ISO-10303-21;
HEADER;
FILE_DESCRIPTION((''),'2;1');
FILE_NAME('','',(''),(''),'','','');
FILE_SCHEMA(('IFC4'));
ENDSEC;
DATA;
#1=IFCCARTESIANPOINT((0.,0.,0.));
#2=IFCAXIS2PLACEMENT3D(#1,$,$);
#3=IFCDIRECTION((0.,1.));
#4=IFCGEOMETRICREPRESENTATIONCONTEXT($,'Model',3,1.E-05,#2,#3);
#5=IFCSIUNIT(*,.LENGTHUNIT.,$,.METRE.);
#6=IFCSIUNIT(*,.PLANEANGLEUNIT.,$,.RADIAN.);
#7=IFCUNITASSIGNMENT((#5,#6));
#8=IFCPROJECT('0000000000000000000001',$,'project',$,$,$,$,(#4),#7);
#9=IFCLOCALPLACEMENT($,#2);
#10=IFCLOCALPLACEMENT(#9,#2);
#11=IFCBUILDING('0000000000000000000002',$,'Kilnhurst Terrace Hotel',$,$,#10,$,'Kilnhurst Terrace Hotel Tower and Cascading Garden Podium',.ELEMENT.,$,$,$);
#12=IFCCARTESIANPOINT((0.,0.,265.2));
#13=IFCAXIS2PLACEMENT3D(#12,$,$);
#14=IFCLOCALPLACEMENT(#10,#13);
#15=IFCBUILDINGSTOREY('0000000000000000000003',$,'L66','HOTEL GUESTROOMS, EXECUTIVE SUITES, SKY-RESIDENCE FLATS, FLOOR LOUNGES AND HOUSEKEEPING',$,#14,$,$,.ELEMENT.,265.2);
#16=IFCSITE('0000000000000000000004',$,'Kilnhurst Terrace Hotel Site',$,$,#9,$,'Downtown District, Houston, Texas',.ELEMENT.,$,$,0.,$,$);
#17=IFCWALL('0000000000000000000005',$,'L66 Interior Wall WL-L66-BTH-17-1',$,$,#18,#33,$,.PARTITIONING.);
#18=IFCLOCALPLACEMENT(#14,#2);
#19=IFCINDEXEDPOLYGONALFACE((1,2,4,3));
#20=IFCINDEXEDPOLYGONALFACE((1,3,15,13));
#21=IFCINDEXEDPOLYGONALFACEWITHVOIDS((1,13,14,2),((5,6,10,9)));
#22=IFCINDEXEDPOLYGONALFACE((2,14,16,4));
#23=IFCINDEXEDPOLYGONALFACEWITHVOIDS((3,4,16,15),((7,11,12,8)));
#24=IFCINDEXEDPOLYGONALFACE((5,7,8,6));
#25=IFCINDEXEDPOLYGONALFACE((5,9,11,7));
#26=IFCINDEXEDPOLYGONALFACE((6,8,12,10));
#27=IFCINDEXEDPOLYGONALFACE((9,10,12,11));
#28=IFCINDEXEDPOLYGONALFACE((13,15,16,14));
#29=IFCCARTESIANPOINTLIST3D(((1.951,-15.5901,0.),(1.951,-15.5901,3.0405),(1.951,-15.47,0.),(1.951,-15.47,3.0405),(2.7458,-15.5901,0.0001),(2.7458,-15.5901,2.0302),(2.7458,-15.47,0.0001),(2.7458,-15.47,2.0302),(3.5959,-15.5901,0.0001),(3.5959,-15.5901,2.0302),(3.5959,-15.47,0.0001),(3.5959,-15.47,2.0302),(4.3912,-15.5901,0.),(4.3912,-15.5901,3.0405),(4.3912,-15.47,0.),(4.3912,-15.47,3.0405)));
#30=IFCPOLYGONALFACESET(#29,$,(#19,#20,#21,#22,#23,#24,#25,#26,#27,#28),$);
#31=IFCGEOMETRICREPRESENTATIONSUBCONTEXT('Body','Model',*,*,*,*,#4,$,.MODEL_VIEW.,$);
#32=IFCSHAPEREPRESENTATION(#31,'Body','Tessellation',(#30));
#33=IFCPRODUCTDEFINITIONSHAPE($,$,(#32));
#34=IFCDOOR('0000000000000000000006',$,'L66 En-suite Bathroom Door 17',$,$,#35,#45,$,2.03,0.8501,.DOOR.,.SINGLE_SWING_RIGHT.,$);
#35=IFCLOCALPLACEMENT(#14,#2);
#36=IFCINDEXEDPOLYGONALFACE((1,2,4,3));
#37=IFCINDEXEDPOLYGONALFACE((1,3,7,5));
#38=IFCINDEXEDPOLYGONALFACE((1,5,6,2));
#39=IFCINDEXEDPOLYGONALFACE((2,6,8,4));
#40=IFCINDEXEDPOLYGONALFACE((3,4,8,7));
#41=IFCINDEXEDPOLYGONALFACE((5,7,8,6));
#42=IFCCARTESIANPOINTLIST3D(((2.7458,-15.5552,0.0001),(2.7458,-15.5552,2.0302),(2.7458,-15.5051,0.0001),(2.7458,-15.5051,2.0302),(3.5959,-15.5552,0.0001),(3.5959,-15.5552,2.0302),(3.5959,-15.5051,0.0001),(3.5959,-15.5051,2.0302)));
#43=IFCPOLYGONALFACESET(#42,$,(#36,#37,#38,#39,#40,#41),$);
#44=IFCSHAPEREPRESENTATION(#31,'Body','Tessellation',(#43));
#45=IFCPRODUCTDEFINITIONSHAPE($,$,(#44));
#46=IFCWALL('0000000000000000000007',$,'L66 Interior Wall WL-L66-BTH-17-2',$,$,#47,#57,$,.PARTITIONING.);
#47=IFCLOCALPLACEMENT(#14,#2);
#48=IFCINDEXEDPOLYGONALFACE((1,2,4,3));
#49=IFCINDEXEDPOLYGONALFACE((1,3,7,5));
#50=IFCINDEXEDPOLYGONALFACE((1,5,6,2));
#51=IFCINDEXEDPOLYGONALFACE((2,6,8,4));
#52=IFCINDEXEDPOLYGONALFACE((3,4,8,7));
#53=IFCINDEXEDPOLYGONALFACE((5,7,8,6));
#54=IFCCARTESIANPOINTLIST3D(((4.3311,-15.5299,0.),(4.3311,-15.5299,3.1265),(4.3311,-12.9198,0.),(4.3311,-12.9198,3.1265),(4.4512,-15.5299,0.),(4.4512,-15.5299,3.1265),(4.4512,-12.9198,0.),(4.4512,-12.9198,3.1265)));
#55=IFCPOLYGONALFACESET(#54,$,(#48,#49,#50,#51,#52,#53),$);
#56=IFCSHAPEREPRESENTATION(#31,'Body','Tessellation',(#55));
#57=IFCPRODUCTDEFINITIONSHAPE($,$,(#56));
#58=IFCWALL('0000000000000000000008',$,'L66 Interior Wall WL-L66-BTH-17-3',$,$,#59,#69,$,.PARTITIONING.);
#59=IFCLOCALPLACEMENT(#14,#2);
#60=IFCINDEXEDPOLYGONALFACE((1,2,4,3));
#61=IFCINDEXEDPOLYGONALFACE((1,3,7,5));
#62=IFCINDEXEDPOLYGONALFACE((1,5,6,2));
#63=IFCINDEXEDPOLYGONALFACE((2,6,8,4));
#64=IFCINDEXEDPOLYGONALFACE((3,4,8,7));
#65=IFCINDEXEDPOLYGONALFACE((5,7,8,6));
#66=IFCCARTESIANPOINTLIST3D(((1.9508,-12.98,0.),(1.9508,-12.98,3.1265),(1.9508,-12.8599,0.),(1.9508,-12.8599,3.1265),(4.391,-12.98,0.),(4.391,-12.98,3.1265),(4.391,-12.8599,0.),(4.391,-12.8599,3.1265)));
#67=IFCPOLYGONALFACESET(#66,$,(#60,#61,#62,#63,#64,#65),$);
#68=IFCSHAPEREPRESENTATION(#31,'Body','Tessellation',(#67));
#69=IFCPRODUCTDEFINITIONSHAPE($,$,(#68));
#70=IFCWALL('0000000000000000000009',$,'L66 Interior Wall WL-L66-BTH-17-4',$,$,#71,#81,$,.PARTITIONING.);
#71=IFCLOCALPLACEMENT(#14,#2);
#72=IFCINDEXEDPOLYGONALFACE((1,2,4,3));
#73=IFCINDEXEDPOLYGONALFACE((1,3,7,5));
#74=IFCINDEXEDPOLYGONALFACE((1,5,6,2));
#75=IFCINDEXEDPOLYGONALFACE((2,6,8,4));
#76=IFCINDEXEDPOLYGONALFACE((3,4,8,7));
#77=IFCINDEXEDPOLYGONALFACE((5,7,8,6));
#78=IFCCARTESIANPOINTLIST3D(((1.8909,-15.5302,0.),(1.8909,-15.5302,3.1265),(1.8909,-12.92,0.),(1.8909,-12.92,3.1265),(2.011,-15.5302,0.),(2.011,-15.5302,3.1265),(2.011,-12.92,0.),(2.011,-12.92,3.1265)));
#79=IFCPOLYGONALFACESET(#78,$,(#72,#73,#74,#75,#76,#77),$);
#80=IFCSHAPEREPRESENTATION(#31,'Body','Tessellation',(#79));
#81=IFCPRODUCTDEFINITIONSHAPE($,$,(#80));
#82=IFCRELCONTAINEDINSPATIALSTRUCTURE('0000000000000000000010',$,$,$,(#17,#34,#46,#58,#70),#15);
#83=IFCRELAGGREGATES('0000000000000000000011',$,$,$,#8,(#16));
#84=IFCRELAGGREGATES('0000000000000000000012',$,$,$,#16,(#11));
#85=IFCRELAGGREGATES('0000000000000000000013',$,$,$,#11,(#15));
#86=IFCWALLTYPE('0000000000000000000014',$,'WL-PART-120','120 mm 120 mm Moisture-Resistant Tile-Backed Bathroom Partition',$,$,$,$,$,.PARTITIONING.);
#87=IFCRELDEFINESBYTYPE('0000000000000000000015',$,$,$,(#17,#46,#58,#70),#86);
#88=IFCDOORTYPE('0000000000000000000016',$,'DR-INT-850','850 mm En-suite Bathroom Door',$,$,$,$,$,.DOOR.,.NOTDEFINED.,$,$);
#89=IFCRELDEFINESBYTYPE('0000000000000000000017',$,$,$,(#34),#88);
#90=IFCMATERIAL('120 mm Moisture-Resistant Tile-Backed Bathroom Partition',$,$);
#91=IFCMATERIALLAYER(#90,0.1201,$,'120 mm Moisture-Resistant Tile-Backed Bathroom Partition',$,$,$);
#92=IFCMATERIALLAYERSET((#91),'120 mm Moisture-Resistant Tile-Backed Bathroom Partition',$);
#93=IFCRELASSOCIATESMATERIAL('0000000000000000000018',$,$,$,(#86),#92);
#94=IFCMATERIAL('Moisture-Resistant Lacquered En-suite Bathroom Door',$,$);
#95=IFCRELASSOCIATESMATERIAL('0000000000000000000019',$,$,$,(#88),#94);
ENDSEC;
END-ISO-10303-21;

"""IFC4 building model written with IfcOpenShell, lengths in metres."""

from ifc_helpers import new_model, si_unit, direction, frame, frame_2d, origin, place, context, subcontext, project, spatial, rectangle, extrude, material, layer, layer_set, type_object, element, fill, save


model = new_model("IFC4")

# Units and contexts
model_context = context("Model", 3, precision=1e-05, world=origin(), true_north=direction((0.0, 1.0)))
body_context = subcontext(model_context, "Body", "Model", "MODEL_VIEW")
ifc_project = project(units=[si_unit("LENGTHUNIT", "METRE"), si_unit("PLANEANGLEUNIT", "RADIAN")], contexts=[model_context])

# Site, building, storey
site_placement = place(None, origin())
site = spatial("IfcSite", under=ifc_project, at=site_placement, Name="Kilnhurst Terrace Hotel Site", LongName="Downtown District, Houston, Texas", CompositionType="ELEMENT", RefElevation=0.0)
building_placement = place(site_placement, origin())
building = spatial("IfcBuilding", under=site, at=building_placement, Name="Kilnhurst Terrace Hotel", LongName="Kilnhurst Terrace Hotel Tower and Cascading Garden Podium", CompositionType="ELEMENT")
storey_placement = place(building_placement, frame((0.0, 0.0, 265.2)))
storey = spatial("IfcBuildingStorey", under=building, at=storey_placement, Name="L66", Description="HOTEL GUESTROOMS, EXECUTIVE SUITES, SKY-RESIDENCE FLATS, FLOOR LOUNGES AND HOUSEKEEPING", CompositionType="ELEMENT", Elevation=265.2)

# Wall, opening, door
ifc_material_1 = material(Name="120 mm Moisture-Resistant Tile-Backed Bathroom Partition")
ifc_layer_1 = layer(ifc_material_1, 0.1201, Name="120 mm Moisture-Resistant Tile-Backed Bathroom Partition")
ifc_layer_set_1 = layer_set([ifc_layer_1], Name="120 mm Moisture-Resistant Tile-Backed Bathroom Partition")
wall_type_1 = type_object("IfcWallType", Name="WL-PART-120", Description="120 mm 120 mm Moisture-Resistant Tile-Backed Bathroom Partition", PredefinedType="PARTITIONING", material=ifc_layer_set_1)
wall_1_placement = place(storey_placement, frame((1.9509, -15.53, 0.0), z_axis=(0.0, 0.0, 1.0), x_axis=(1.0, 0.0, 0.0)))
wall_1 = element("IfcWall", 1, at=wall_1_placement, inside=storey, type_object=wall_type_1, Name="L66 Interior Wall WL-L66-BTH-17-1", PredefinedType="PARTITIONING", context=body_context, shape_type="SweptSolid", body=[
    extrude(rectangle(XDim=2.4402, YDim=0.1201, at=frame_2d((1.2202, 0.0))), origin(), (0.0, 0.0, 1.0), 3.0405),
])
opening_placement = place(wall_1_placement, frame((0.7949, 0.0, 0.0)))
opening = element("IfcOpeningElement", 2, at=opening_placement, cuts=wall_1, PredefinedType="OPENING", context=body_context, shape_type="SweptSolid", body=[
    extrude(rectangle(XDim=0.8501, YDim=2.03, at=frame_2d((0.425, 1.0151))), frame((0.0, 0.0701, 0.0), z_axis=(0.0, -1.0, 0.0), x_axis=(1.0, 0.0, 0.0)), (0.0, 0.0, 1.0), 0.1401),
])
ifc_material_2 = material(Name="Moisture-Resistant Lacquered En-suite Bathroom Door")
door_type = type_object("IfcDoorType", Name="DR-INT-850", Description="850 mm En-suite Bathroom Door", OperationType="NOTDEFINED", PredefinedType="DOOR", material=ifc_material_2)
door_placement = place(opening_placement, origin())
door = element("IfcDoor", 3, at=door_placement, inside=storey, type_object=door_type, Name="L66 En-suite Bathroom Door 17", OperationType="SINGLE_SWING_RIGHT", OverallHeight=2.03, OverallWidth=0.8501, PredefinedType="DOOR", context=body_context, shape_type="SweptSolid", body=[
    extrude(rectangle(XDim=0.8501, YDim=2.03, at=frame_2d((0.425, 1.0151))), frame((0.0, 0.0249, 0.0), z_axis=(0.0, -1.0, 0.0), x_axis=(1.0, 0.0, 0.0)), (0.0, 0.0, 1.0), 0.05),
])
fill(opening, door)

# Walls
wall_2_placement = place(storey_placement, frame((4.3911, -15.53, 0.0), z_axis=(0.0, 0.0, 1.0), x_axis=(0.0, 1.0, 0.0)))
element("IfcWall", 4, at=wall_2_placement, inside=storey, type_object=wall_type_1, Name="L66 Interior Wall WL-L66-BTH-17-2", PredefinedType="PARTITIONING", context=body_context, shape_type="SweptSolid", body=[
    extrude(rectangle(XDim=2.6101, YDim=0.1201, at=frame_2d((1.3052, 0.0))), origin(), (0.0, 0.0, 1.0), 3.1265),
])
wall_3_placement = place(storey_placement, frame((4.3911, -12.9199, 0.0), z_axis=(0.0, 0.0, 1.0), x_axis=(-1.0, 0.0, 0.0)))
element("IfcWall", 5, at=wall_3_placement, inside=storey, type_object=wall_type_1, Name="L66 Interior Wall WL-L66-BTH-17-3", PredefinedType="PARTITIONING", context=body_context, shape_type="SweptSolid", body=[
    extrude(rectangle(XDim=2.4402, YDim=0.1201, at=frame_2d((1.2202, 0.0))), origin(), (0.0, 0.0, 1.0), 3.1265),
])
wall_4_placement = place(storey_placement, frame((1.9509, -12.9199, 0.0), z_axis=(0.0, 0.0, 1.0), x_axis=(0.0, -1.0, 0.0)))
element("IfcWall", 6, at=wall_4_placement, inside=storey, type_object=wall_type_1, Name="L66 Interior Wall WL-L66-BTH-17-4", PredefinedType="PARTITIONING", context=body_context, shape_type="SweptSolid", body=[
    extrude(rectangle(XDim=2.6101, YDim=0.1201, at=frame_2d((1.3052, 0.0))), origin(), (0.0, 0.0, 1.0), 3.1265),
])

save(model, "model.ifc")
